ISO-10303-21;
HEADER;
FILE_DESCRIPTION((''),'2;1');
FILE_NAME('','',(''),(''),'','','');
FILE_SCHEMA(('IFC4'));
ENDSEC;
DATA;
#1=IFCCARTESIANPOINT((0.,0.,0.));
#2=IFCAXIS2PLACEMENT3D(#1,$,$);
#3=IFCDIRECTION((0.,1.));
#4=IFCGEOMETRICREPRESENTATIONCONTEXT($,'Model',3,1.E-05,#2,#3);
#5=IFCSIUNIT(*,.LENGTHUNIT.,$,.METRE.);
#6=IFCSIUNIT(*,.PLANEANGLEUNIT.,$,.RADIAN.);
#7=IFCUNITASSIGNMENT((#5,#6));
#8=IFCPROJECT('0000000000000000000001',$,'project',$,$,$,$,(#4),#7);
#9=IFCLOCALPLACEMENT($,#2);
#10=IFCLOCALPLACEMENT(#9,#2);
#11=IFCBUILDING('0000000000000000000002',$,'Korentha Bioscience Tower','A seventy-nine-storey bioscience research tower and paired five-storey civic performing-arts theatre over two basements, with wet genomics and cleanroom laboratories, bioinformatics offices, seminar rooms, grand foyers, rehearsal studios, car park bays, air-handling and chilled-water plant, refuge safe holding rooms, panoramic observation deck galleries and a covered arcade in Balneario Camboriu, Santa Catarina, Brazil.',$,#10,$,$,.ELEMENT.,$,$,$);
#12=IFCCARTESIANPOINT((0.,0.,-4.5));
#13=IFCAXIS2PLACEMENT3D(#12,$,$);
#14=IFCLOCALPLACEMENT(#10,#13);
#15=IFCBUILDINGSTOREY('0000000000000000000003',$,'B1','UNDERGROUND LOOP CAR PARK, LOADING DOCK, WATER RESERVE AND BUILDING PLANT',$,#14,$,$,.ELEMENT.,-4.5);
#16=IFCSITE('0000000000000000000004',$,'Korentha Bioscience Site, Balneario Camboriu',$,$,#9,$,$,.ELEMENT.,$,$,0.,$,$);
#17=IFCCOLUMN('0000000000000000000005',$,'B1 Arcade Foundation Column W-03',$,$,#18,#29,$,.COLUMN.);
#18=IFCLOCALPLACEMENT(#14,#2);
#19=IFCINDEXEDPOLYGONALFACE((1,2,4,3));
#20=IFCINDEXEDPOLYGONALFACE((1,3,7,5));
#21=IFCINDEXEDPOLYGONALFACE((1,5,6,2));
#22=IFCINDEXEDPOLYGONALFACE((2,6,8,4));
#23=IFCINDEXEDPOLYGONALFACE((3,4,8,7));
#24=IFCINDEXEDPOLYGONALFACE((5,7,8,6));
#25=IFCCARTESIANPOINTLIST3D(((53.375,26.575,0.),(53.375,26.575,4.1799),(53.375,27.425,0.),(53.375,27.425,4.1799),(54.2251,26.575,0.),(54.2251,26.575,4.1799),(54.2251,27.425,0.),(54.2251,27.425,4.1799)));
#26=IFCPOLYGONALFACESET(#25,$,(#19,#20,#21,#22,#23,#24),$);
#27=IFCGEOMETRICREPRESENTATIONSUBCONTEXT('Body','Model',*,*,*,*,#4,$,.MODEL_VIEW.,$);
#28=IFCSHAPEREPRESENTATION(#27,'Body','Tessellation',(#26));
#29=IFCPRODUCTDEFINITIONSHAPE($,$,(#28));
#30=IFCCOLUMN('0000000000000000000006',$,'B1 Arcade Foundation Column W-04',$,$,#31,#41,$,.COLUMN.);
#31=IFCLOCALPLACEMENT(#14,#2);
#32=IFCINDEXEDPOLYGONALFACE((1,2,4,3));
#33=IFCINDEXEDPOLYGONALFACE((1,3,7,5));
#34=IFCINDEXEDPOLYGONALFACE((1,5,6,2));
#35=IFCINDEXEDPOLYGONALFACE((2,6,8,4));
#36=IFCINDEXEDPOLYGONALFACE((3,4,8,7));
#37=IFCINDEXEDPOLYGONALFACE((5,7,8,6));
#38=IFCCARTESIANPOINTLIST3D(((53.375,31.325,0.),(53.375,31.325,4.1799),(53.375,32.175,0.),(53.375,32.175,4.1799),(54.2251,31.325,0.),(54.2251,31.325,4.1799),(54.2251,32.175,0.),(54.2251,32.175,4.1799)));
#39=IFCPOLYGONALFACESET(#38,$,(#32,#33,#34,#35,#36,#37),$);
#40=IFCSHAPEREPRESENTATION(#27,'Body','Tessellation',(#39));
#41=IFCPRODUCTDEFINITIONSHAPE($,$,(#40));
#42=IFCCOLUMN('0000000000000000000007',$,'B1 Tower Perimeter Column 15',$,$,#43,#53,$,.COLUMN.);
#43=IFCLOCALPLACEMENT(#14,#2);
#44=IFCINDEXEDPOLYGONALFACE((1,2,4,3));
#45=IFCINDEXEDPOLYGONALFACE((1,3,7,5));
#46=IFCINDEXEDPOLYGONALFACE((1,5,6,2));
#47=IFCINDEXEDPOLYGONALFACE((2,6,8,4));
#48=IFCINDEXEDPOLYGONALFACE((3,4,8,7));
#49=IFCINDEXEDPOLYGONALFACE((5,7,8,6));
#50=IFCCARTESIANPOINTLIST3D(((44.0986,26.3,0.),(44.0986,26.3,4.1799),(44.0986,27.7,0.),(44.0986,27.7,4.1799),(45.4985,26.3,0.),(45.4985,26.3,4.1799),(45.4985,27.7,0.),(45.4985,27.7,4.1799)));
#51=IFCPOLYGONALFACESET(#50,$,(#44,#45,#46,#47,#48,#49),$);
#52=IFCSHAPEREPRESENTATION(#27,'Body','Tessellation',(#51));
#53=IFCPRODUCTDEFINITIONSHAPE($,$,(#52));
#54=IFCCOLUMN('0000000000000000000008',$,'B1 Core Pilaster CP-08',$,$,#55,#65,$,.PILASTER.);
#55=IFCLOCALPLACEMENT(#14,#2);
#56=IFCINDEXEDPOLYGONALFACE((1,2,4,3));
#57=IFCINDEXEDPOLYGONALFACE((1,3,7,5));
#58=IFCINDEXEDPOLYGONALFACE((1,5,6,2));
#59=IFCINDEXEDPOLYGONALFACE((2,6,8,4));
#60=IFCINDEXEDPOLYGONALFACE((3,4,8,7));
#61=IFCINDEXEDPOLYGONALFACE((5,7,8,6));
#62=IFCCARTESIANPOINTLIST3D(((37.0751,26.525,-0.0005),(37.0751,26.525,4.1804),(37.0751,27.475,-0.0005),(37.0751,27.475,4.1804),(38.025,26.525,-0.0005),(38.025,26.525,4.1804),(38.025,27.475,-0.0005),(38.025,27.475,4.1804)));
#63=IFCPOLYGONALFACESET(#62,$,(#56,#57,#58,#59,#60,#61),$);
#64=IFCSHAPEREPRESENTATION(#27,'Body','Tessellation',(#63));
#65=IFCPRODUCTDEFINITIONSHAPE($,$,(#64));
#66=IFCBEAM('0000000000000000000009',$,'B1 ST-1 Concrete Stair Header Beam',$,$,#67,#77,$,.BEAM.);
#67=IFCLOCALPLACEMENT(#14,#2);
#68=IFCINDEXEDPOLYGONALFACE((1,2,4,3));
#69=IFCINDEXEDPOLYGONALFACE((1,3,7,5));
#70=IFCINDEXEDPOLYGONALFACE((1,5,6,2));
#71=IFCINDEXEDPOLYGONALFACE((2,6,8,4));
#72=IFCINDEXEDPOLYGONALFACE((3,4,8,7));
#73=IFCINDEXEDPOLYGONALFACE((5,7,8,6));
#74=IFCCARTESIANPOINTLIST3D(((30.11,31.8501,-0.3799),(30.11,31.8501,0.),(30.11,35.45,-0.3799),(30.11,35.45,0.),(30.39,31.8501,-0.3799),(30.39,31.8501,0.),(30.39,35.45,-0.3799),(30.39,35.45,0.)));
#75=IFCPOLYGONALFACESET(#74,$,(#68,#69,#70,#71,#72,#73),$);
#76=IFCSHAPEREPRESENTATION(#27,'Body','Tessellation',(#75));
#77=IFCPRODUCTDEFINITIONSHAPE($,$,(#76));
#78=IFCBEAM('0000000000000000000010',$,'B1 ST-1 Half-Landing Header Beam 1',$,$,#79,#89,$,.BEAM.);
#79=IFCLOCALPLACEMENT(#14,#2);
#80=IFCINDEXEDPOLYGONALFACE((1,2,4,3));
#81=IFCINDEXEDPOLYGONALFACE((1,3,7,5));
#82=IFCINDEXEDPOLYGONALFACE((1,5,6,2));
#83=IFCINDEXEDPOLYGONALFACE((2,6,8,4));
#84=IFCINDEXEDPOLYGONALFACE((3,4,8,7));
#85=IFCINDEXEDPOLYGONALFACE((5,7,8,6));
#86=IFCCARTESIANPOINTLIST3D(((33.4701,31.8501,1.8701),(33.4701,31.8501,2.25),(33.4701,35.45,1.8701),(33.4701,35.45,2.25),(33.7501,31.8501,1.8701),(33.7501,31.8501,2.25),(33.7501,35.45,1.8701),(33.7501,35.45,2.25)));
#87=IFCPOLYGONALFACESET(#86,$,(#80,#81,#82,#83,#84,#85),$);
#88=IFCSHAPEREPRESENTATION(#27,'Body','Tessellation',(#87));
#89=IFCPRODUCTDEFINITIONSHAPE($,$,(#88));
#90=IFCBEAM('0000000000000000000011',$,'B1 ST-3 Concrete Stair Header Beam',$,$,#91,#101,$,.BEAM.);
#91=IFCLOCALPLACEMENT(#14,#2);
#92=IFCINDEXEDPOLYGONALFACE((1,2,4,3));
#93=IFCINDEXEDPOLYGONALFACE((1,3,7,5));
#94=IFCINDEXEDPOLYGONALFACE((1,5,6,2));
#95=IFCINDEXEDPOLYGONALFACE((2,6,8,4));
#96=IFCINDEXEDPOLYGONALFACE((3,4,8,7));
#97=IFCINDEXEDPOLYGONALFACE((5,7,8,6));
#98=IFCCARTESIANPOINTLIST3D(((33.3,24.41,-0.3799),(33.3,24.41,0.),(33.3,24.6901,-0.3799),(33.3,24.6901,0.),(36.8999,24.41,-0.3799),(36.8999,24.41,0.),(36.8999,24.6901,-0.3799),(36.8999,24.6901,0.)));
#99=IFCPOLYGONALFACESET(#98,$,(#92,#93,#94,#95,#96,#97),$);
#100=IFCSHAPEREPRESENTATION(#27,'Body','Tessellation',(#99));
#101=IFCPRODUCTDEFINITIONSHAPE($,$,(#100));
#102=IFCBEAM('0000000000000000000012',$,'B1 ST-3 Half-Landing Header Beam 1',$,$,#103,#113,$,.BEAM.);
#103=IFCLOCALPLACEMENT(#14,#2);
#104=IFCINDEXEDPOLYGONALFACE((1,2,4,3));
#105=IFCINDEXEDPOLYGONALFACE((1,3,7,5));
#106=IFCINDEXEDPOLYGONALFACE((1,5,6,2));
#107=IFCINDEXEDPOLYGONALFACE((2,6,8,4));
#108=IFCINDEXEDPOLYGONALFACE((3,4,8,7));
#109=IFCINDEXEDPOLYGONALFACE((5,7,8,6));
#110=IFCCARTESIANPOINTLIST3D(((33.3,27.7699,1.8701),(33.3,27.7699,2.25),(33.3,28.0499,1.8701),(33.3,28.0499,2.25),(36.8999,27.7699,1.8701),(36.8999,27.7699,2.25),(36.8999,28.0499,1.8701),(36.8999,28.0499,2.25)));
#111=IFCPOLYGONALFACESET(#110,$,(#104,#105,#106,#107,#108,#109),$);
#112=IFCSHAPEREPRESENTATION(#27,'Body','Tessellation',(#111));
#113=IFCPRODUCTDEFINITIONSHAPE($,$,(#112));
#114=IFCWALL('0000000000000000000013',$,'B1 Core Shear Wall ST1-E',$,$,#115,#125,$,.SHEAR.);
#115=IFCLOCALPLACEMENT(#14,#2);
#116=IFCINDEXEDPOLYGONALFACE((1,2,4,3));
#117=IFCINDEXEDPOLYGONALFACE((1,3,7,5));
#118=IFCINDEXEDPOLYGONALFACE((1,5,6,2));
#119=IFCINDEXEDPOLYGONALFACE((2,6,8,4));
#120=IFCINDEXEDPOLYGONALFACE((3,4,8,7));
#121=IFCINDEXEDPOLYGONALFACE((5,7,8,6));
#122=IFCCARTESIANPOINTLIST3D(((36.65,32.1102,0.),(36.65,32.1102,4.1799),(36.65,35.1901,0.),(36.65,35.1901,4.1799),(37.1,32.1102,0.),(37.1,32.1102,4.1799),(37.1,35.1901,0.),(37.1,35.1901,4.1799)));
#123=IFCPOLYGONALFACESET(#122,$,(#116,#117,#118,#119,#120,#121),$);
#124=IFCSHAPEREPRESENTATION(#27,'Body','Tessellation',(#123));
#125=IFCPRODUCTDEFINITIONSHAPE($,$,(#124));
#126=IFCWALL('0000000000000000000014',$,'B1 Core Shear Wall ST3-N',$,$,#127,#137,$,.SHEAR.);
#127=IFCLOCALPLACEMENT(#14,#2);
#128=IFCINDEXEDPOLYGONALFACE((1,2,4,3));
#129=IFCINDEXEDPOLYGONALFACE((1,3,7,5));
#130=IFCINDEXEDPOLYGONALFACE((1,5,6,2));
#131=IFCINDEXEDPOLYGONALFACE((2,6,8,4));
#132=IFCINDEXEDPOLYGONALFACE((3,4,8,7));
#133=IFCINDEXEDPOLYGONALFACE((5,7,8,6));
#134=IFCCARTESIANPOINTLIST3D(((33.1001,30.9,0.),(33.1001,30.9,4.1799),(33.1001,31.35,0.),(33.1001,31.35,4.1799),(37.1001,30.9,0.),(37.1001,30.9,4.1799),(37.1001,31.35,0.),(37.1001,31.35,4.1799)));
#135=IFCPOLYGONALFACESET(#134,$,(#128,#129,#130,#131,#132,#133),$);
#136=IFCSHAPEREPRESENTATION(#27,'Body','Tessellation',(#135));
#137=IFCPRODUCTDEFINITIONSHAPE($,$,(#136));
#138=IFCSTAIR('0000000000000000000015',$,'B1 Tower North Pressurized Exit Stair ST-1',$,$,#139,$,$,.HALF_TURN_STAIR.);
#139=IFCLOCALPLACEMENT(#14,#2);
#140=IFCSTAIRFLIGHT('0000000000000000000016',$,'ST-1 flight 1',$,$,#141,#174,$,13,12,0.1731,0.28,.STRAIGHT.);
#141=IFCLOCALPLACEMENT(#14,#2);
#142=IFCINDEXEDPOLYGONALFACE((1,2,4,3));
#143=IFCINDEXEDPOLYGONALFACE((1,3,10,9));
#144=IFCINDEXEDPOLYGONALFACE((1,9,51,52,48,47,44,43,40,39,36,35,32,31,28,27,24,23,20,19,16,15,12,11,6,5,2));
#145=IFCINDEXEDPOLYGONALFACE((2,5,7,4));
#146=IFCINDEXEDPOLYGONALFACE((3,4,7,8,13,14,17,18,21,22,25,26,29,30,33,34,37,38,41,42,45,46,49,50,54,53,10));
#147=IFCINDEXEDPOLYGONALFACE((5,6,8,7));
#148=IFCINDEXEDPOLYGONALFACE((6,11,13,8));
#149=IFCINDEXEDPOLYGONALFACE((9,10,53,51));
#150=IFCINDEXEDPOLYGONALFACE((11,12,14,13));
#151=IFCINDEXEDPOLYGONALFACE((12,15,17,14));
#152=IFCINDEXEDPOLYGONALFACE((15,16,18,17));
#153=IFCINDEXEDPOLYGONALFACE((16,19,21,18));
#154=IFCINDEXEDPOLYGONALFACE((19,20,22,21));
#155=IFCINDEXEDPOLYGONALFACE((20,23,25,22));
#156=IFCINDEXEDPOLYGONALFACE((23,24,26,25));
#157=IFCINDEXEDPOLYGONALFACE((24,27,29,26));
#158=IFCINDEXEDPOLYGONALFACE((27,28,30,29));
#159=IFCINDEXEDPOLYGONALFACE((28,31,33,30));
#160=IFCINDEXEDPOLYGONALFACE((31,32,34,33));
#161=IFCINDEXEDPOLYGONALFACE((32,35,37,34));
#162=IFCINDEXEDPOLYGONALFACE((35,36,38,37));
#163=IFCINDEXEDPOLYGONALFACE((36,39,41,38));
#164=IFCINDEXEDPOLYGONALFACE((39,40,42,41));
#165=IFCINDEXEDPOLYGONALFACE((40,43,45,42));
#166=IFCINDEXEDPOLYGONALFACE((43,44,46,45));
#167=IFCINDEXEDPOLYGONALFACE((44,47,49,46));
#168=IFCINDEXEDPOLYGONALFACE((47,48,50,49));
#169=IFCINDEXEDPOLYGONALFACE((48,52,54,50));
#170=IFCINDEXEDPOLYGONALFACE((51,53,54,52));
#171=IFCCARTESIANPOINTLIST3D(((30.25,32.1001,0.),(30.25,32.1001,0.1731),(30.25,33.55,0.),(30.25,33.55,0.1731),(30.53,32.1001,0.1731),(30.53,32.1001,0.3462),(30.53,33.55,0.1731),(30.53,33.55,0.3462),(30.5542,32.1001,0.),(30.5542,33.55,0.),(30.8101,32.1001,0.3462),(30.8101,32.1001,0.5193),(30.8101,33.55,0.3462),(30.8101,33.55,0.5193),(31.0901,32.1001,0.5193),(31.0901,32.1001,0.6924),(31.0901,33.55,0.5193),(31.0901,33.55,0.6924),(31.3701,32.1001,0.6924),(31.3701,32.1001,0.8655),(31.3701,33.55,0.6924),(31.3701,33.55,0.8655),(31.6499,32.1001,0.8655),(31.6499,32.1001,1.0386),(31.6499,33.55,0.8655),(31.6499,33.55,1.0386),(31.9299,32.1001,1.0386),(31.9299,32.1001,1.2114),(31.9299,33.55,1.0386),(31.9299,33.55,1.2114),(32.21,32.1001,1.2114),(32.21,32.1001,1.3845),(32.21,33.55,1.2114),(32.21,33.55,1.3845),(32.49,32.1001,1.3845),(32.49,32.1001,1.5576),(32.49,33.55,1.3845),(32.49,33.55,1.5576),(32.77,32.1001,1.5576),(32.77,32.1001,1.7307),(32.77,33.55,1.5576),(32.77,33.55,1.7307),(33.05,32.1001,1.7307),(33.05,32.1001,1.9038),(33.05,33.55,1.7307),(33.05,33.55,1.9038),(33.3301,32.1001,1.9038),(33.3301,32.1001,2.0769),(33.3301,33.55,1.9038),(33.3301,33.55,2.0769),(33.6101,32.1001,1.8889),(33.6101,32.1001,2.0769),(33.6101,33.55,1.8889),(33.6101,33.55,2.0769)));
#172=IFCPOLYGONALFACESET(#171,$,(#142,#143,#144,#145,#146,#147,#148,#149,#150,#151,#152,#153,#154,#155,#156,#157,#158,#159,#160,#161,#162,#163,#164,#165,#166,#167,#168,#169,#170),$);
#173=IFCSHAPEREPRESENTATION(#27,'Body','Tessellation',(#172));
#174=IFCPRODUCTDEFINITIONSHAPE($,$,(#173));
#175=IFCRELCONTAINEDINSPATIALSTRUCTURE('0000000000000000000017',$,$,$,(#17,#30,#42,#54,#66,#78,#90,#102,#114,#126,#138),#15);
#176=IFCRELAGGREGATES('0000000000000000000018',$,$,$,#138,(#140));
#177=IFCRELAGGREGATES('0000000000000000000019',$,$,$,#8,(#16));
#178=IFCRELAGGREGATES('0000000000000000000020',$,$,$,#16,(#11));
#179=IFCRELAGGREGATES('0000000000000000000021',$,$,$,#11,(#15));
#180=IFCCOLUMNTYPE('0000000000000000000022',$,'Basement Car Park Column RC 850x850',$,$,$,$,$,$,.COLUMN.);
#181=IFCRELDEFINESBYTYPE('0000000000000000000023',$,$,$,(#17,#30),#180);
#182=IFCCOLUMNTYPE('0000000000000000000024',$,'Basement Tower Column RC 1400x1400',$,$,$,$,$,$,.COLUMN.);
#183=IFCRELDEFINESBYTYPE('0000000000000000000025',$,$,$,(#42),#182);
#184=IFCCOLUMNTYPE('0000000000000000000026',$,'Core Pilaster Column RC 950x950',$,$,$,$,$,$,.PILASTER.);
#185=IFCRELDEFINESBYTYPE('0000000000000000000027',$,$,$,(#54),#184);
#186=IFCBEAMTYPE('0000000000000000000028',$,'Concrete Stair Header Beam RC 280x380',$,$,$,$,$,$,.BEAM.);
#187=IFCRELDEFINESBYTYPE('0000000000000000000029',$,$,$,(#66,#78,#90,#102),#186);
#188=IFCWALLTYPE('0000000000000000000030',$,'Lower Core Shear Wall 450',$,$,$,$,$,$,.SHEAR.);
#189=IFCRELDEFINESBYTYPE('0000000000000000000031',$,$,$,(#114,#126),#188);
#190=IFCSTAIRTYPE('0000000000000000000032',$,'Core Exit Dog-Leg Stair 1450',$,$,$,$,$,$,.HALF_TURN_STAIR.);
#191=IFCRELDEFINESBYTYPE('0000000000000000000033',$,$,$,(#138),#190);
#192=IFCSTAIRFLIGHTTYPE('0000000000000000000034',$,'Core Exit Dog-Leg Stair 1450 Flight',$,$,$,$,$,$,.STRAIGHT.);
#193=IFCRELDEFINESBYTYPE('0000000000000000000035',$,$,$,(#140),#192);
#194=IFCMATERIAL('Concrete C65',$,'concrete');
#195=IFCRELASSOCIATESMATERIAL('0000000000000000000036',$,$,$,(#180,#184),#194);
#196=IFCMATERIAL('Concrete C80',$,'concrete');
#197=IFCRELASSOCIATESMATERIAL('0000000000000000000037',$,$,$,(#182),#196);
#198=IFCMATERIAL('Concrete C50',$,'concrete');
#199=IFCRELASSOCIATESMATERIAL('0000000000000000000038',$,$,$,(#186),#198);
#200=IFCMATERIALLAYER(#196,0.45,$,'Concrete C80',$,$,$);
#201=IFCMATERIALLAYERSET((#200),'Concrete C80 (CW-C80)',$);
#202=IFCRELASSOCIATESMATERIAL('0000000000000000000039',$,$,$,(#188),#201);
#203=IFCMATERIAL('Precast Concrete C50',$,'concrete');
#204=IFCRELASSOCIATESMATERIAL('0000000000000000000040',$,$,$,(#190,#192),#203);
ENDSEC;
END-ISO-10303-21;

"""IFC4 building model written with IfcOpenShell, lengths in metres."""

from ifc_helpers import new_model, si_unit, direction, frame, frame_2d, origin, origin_2d, place, context, subcontext, project, spatial, polyline, rectangle, outline, extrude, material, layer, layer_set, material_profile, profile_set, type_object, element, aggregate, save


model = new_model("IFC4")

# Units and contexts
model_context = context("Model", 3, precision=1e-05, world=origin(), true_north=direction((0.0, 1.0)))
body_context = subcontext(model_context, "Body", "Model", "MODEL_VIEW")
ifc_project = project(units=[si_unit("LENGTHUNIT", "METRE"), si_unit("PLANEANGLEUNIT", "RADIAN")], contexts=[model_context])

# Site, building, storey
site_placement = place(None, origin())
site = spatial("IfcSite", under=ifc_project, at=site_placement, Name="Korentha Bioscience Site, Balneario Camboriu", CompositionType="ELEMENT", RefElevation=0.0)
building_placement = place(site_placement, origin())
building = spatial("IfcBuilding", under=site, at=building_placement, Name="Korentha Bioscience Tower", Description="A seventy-nine-storey bioscience research tower and paired five-storey civic performing-arts theatre over two basements, with wet genomics and cleanroom laboratories, bioinformatics offices, seminar rooms, grand foyers, rehearsal studios, car park bays, air-handling and chilled-water plant, refuge safe holding rooms, panoramic observation deck galleries and a covered arcade in Balneario Camboriu, Santa Catarina, Brazil.", CompositionType="ELEMENT")
storey_placement = place(building_placement, frame((0.0, 0.0, -4.5)))
storey = spatial("IfcBuildingStorey", under=building, at=storey_placement, Name="B1", Description="UNDERGROUND LOOP CAR PARK, LOADING DOCK, WATER RESERVE AND BUILDING PLANT", CompositionType="ELEMENT", Elevation=-4.5)

# Columns
ifc_material_1 = material(Name="Concrete C65", Category="concrete")
ifc_material_profile_1 = material_profile(ifc_material_1, rectangle(XDim=0.8501, YDim=0.8501, at=origin_2d()), Name="Concrete C65")
ifc_profile_set_1 = profile_set([ifc_material_profile_1], Name="Concrete C65 (BC-01)")
column_type_1 = type_object("IfcColumnType", Name="Basement Car Park Column RC 850x850", PredefinedType="COLUMN", material=ifc_profile_set_1)
for number, where, z_axis, x_axis, name in (
    (1, (53.8, 27.0, 0.0), (0.0, 0.0, 1.0), (1.0, 0.0, 0.0), "B1 Arcade Foundation Column W-03"),
    (2, (53.8, 31.75, 0.0), (0.0, 0.0, 1.0), (1.0, 0.0, 0.0), "B1 Arcade Foundation Column W-04"),
):
    element("IfcColumn", number, at=place(storey_placement, frame(where, z_axis=z_axis, x_axis=x_axis)), inside=storey, type_object=column_type_1, Name=name, PredefinedType="COLUMN", context=body_context, shape_type="SweptSolid", body=[
        extrude(rectangle(XDim=0.8501, YDim=0.8501, at=origin_2d()), origin(), (0.0, 0.0, 1.0), 4.1799),
    ])
ifc_material_2 = material(Name="Concrete C80", Category="concrete")
ifc_material_profile_2 = material_profile(ifc_material_2, rectangle(XDim=1.3999, YDim=1.3999, at=origin_2d()), Name="Concrete C80")
ifc_profile_set_2 = profile_set([ifc_material_profile_2], Name="Concrete C80 (COL-B14)")
column_type_2 = type_object("IfcColumnType", Name="Basement Tower Column RC 1400x1400", PredefinedType="COLUMN", material=ifc_profile_set_2)
column_1_placement = place(storey_placement, frame((44.7986, 27.0, 0.0), z_axis=(0.0, 0.0, 1.0), x_axis=(0.0, 1.0, 0.0)))
element("IfcColumn", 3, at=column_1_placement, inside=storey, type_object=column_type_2, Name="B1 Tower Perimeter Column 15", PredefinedType="COLUMN", context=body_context, shape_type="SweptSolid", body=[
    extrude(rectangle(XDim=1.3999, YDim=1.3999, at=origin_2d()), origin(), (0.0, 0.0, 1.0), 4.1799),
])
ifc_material_profile_3 = material_profile(ifc_material_1, rectangle(XDim=0.95, YDim=0.95, at=origin_2d()), Name="Concrete C65")
ifc_profile_set_3 = profile_set([ifc_material_profile_3], Name="Concrete C65 (COL-CP09)")
column_type_3 = type_object("IfcColumnType", Name="Core Pilaster Column RC 950x950", PredefinedType="PILASTER", material=ifc_profile_set_3)
column_2_placement = place(storey_placement, frame((37.55, 27.0, -0.0005), z_axis=(0.0, 0.0, 1.0), x_axis=(1.0, 0.0, 0.0)))
element("IfcColumn", 4, at=column_2_placement, inside=storey, type_object=column_type_3, Name="B1 Core Pilaster CP-08", PredefinedType="PILASTER", context=body_context, shape_type="SweptSolid", body=[
    extrude(rectangle(XDim=0.95, YDim=0.95, at=origin_2d()), origin(), (0.0, 0.0, 1.0), 4.1809),
])

# Beams
ifc_material_3 = material(Name="Concrete C50", Category="concrete")
ifc_material_profile_4 = material_profile(ifc_material_3, rectangle(XDim=0.28, YDim=0.3799, at=origin_2d()), Name="Concrete C50")
ifc_profile_set_4 = profile_set([ifc_material_profile_4], Name="Concrete C50 (ST-HB380)")
beam_type = type_object("IfcBeamType", Name="Concrete Stair Header Beam RC 280x380", PredefinedType="BEAM", material=ifc_profile_set_4)
for number, where, z_axis, x_axis, name in (
    (5, (30.25, 31.8501, -0.1899), (0.0, 1.0, 0.0), (-1.0, 0.0, 0.0), "B1 ST-1 Concrete Stair Header Beam"),
    (6, (33.6101, 31.8501, 2.0601), (0.0, 1.0, 0.0), (-1.0, 0.0, 0.0), "B1 ST-1 Half-Landing Header Beam 1"),
    (7, (36.8999, 24.55, -0.1899), (-1.0, 0.0, 0.0), (0.0, -1.0, 0.0), "B1 ST-3 Concrete Stair Header Beam"),
    (8, (36.8999, 27.9099, 2.0601), (-1.0, 0.0, 0.0), (0.0, -1.0, 0.0), "B1 ST-3 Half-Landing Header Beam 1"),
):
    element("IfcBeam", number, at=place(storey_placement, frame(where, z_axis=z_axis, x_axis=x_axis)), inside=storey, type_object=beam_type, Name=name, PredefinedType="BEAM", context=body_context, shape_type="SweptSolid", body=[
        extrude(rectangle(XDim=0.28, YDim=0.3799, at=origin_2d()), origin(), (0.0, 0.0, 1.0), 3.5999),
    ])

# Walls
ifc_layer = layer(ifc_material_2, 0.45, Name="Concrete C80")
ifc_layer_set = layer_set([ifc_layer], Name="Concrete C80 (CW-C80)")
wall_type = type_object("IfcWallType", Name="Lower Core Shear Wall 450", PredefinedType="SHEAR", material=ifc_layer_set)
wall_1_placement = place(storey_placement, frame((36.875, 32.1101, 0.0), z_axis=(0.0, 0.0, 1.0), x_axis=(0.0, 1.0, 0.0)))
element("IfcWall", 9, at=wall_1_placement, inside=storey, type_object=wall_type, Name="B1 Core Shear Wall ST1-E", PredefinedType="SHEAR", context=body_context, shape_type="SweptSolid", body=[
    extrude(rectangle(XDim=3.0798, YDim=0.45, at=frame_2d((1.54, 0.0))), origin(), (0.0, 0.0, 1.0), 4.1799),
])
wall_2_placement = place(storey_placement, frame((33.1001, 31.125, 0.0), z_axis=(0.0, 0.0, 1.0), x_axis=(1.0, 0.0, 0.0)))
element("IfcWall", 10, at=wall_2_placement, inside=storey, type_object=wall_type, Name="B1 Core Shear Wall ST3-N", PredefinedType="SHEAR", context=body_context, shape_type="SweptSolid", body=[
    extrude(rectangle(XDim=4.0, YDim=0.45, at=frame_2d((2.0, 0.0))), origin(), (0.0, 0.0, 1.0), 4.1799),
])

# Stair, stair flight
ifc_material_4 = material(Name="Precast Concrete C50", Category="concrete")
stair_type = type_object("IfcStairType", Name="Core Exit Dog-Leg Stair 1450", PredefinedType="HALF_TURN_STAIR", material=ifc_material_4)
stair_1_placement = place(storey_placement, origin())
stair_1 = element("IfcStair", 11, at=stair_1_placement, inside=storey, type_object=stair_type, Name="B1 Tower North Pressurized Exit Stair ST-1", PredefinedType="HALF_TURN_STAIR")
stair_flight_type = type_object("IfcStairFlightType", Name="Core Exit Dog-Leg Stair 1450 Flight", PredefinedType="STRAIGHT", material=ifc_material_4)
stair_flight_1_placement = place(storey_placement, frame((30.25, 32.825, 0.0), z_axis=(0.0, 0.0, 1.0), x_axis=(1.0, 0.0, 0.0)))
stair_flight_1 = element("IfcStairFlight", 12, at=stair_flight_1_placement, type_object=stair_flight_type, Name="ST-1 flight 1", NumberOfRisers=13, NumberOfTreads=12, PredefinedType="STRAIGHT", RiserHeight=0.1731, TreadLength=0.28, context=body_context, shape_type="SweptSolid", body=[
    extrude(outline(polyline([(0.0, 0.0), (0.0, 0.1731), (0.28, 0.1731), (0.28, 0.3462), (0.5601, 0.3462), (0.5601, 0.5193), (0.8401, 0.5193), (0.8401, 0.6924), (1.1201, 0.6924), (1.1201, 0.8655), (1.3999, 0.8655), (1.3999, 1.0386), (1.6799, 1.0386), (1.6799, 1.2114), (1.96, 1.2114), (1.96, 1.3845), (2.24, 1.3845), (2.24, 1.5576), (2.52, 1.5576), (2.52, 1.7307), (2.8, 1.7307), (2.8, 1.9038), (3.0801, 1.9038), (3.0801, 2.0769), (3.3601, 2.0769), (3.3601, 2.25), (3.3601, 1.8889), (0.3042, 0.0), (0.0, 0.0)])), frame((0.0, 0.7251, 0.0), z_axis=(0.0, -1.0, 0.0), x_axis=(1.0, 0.0, 0.0)), (0.0, 0.0, 1.0), 1.45),
])
aggregate(stair_1, [stair_flight_1])

save(model, "model.ifc")
